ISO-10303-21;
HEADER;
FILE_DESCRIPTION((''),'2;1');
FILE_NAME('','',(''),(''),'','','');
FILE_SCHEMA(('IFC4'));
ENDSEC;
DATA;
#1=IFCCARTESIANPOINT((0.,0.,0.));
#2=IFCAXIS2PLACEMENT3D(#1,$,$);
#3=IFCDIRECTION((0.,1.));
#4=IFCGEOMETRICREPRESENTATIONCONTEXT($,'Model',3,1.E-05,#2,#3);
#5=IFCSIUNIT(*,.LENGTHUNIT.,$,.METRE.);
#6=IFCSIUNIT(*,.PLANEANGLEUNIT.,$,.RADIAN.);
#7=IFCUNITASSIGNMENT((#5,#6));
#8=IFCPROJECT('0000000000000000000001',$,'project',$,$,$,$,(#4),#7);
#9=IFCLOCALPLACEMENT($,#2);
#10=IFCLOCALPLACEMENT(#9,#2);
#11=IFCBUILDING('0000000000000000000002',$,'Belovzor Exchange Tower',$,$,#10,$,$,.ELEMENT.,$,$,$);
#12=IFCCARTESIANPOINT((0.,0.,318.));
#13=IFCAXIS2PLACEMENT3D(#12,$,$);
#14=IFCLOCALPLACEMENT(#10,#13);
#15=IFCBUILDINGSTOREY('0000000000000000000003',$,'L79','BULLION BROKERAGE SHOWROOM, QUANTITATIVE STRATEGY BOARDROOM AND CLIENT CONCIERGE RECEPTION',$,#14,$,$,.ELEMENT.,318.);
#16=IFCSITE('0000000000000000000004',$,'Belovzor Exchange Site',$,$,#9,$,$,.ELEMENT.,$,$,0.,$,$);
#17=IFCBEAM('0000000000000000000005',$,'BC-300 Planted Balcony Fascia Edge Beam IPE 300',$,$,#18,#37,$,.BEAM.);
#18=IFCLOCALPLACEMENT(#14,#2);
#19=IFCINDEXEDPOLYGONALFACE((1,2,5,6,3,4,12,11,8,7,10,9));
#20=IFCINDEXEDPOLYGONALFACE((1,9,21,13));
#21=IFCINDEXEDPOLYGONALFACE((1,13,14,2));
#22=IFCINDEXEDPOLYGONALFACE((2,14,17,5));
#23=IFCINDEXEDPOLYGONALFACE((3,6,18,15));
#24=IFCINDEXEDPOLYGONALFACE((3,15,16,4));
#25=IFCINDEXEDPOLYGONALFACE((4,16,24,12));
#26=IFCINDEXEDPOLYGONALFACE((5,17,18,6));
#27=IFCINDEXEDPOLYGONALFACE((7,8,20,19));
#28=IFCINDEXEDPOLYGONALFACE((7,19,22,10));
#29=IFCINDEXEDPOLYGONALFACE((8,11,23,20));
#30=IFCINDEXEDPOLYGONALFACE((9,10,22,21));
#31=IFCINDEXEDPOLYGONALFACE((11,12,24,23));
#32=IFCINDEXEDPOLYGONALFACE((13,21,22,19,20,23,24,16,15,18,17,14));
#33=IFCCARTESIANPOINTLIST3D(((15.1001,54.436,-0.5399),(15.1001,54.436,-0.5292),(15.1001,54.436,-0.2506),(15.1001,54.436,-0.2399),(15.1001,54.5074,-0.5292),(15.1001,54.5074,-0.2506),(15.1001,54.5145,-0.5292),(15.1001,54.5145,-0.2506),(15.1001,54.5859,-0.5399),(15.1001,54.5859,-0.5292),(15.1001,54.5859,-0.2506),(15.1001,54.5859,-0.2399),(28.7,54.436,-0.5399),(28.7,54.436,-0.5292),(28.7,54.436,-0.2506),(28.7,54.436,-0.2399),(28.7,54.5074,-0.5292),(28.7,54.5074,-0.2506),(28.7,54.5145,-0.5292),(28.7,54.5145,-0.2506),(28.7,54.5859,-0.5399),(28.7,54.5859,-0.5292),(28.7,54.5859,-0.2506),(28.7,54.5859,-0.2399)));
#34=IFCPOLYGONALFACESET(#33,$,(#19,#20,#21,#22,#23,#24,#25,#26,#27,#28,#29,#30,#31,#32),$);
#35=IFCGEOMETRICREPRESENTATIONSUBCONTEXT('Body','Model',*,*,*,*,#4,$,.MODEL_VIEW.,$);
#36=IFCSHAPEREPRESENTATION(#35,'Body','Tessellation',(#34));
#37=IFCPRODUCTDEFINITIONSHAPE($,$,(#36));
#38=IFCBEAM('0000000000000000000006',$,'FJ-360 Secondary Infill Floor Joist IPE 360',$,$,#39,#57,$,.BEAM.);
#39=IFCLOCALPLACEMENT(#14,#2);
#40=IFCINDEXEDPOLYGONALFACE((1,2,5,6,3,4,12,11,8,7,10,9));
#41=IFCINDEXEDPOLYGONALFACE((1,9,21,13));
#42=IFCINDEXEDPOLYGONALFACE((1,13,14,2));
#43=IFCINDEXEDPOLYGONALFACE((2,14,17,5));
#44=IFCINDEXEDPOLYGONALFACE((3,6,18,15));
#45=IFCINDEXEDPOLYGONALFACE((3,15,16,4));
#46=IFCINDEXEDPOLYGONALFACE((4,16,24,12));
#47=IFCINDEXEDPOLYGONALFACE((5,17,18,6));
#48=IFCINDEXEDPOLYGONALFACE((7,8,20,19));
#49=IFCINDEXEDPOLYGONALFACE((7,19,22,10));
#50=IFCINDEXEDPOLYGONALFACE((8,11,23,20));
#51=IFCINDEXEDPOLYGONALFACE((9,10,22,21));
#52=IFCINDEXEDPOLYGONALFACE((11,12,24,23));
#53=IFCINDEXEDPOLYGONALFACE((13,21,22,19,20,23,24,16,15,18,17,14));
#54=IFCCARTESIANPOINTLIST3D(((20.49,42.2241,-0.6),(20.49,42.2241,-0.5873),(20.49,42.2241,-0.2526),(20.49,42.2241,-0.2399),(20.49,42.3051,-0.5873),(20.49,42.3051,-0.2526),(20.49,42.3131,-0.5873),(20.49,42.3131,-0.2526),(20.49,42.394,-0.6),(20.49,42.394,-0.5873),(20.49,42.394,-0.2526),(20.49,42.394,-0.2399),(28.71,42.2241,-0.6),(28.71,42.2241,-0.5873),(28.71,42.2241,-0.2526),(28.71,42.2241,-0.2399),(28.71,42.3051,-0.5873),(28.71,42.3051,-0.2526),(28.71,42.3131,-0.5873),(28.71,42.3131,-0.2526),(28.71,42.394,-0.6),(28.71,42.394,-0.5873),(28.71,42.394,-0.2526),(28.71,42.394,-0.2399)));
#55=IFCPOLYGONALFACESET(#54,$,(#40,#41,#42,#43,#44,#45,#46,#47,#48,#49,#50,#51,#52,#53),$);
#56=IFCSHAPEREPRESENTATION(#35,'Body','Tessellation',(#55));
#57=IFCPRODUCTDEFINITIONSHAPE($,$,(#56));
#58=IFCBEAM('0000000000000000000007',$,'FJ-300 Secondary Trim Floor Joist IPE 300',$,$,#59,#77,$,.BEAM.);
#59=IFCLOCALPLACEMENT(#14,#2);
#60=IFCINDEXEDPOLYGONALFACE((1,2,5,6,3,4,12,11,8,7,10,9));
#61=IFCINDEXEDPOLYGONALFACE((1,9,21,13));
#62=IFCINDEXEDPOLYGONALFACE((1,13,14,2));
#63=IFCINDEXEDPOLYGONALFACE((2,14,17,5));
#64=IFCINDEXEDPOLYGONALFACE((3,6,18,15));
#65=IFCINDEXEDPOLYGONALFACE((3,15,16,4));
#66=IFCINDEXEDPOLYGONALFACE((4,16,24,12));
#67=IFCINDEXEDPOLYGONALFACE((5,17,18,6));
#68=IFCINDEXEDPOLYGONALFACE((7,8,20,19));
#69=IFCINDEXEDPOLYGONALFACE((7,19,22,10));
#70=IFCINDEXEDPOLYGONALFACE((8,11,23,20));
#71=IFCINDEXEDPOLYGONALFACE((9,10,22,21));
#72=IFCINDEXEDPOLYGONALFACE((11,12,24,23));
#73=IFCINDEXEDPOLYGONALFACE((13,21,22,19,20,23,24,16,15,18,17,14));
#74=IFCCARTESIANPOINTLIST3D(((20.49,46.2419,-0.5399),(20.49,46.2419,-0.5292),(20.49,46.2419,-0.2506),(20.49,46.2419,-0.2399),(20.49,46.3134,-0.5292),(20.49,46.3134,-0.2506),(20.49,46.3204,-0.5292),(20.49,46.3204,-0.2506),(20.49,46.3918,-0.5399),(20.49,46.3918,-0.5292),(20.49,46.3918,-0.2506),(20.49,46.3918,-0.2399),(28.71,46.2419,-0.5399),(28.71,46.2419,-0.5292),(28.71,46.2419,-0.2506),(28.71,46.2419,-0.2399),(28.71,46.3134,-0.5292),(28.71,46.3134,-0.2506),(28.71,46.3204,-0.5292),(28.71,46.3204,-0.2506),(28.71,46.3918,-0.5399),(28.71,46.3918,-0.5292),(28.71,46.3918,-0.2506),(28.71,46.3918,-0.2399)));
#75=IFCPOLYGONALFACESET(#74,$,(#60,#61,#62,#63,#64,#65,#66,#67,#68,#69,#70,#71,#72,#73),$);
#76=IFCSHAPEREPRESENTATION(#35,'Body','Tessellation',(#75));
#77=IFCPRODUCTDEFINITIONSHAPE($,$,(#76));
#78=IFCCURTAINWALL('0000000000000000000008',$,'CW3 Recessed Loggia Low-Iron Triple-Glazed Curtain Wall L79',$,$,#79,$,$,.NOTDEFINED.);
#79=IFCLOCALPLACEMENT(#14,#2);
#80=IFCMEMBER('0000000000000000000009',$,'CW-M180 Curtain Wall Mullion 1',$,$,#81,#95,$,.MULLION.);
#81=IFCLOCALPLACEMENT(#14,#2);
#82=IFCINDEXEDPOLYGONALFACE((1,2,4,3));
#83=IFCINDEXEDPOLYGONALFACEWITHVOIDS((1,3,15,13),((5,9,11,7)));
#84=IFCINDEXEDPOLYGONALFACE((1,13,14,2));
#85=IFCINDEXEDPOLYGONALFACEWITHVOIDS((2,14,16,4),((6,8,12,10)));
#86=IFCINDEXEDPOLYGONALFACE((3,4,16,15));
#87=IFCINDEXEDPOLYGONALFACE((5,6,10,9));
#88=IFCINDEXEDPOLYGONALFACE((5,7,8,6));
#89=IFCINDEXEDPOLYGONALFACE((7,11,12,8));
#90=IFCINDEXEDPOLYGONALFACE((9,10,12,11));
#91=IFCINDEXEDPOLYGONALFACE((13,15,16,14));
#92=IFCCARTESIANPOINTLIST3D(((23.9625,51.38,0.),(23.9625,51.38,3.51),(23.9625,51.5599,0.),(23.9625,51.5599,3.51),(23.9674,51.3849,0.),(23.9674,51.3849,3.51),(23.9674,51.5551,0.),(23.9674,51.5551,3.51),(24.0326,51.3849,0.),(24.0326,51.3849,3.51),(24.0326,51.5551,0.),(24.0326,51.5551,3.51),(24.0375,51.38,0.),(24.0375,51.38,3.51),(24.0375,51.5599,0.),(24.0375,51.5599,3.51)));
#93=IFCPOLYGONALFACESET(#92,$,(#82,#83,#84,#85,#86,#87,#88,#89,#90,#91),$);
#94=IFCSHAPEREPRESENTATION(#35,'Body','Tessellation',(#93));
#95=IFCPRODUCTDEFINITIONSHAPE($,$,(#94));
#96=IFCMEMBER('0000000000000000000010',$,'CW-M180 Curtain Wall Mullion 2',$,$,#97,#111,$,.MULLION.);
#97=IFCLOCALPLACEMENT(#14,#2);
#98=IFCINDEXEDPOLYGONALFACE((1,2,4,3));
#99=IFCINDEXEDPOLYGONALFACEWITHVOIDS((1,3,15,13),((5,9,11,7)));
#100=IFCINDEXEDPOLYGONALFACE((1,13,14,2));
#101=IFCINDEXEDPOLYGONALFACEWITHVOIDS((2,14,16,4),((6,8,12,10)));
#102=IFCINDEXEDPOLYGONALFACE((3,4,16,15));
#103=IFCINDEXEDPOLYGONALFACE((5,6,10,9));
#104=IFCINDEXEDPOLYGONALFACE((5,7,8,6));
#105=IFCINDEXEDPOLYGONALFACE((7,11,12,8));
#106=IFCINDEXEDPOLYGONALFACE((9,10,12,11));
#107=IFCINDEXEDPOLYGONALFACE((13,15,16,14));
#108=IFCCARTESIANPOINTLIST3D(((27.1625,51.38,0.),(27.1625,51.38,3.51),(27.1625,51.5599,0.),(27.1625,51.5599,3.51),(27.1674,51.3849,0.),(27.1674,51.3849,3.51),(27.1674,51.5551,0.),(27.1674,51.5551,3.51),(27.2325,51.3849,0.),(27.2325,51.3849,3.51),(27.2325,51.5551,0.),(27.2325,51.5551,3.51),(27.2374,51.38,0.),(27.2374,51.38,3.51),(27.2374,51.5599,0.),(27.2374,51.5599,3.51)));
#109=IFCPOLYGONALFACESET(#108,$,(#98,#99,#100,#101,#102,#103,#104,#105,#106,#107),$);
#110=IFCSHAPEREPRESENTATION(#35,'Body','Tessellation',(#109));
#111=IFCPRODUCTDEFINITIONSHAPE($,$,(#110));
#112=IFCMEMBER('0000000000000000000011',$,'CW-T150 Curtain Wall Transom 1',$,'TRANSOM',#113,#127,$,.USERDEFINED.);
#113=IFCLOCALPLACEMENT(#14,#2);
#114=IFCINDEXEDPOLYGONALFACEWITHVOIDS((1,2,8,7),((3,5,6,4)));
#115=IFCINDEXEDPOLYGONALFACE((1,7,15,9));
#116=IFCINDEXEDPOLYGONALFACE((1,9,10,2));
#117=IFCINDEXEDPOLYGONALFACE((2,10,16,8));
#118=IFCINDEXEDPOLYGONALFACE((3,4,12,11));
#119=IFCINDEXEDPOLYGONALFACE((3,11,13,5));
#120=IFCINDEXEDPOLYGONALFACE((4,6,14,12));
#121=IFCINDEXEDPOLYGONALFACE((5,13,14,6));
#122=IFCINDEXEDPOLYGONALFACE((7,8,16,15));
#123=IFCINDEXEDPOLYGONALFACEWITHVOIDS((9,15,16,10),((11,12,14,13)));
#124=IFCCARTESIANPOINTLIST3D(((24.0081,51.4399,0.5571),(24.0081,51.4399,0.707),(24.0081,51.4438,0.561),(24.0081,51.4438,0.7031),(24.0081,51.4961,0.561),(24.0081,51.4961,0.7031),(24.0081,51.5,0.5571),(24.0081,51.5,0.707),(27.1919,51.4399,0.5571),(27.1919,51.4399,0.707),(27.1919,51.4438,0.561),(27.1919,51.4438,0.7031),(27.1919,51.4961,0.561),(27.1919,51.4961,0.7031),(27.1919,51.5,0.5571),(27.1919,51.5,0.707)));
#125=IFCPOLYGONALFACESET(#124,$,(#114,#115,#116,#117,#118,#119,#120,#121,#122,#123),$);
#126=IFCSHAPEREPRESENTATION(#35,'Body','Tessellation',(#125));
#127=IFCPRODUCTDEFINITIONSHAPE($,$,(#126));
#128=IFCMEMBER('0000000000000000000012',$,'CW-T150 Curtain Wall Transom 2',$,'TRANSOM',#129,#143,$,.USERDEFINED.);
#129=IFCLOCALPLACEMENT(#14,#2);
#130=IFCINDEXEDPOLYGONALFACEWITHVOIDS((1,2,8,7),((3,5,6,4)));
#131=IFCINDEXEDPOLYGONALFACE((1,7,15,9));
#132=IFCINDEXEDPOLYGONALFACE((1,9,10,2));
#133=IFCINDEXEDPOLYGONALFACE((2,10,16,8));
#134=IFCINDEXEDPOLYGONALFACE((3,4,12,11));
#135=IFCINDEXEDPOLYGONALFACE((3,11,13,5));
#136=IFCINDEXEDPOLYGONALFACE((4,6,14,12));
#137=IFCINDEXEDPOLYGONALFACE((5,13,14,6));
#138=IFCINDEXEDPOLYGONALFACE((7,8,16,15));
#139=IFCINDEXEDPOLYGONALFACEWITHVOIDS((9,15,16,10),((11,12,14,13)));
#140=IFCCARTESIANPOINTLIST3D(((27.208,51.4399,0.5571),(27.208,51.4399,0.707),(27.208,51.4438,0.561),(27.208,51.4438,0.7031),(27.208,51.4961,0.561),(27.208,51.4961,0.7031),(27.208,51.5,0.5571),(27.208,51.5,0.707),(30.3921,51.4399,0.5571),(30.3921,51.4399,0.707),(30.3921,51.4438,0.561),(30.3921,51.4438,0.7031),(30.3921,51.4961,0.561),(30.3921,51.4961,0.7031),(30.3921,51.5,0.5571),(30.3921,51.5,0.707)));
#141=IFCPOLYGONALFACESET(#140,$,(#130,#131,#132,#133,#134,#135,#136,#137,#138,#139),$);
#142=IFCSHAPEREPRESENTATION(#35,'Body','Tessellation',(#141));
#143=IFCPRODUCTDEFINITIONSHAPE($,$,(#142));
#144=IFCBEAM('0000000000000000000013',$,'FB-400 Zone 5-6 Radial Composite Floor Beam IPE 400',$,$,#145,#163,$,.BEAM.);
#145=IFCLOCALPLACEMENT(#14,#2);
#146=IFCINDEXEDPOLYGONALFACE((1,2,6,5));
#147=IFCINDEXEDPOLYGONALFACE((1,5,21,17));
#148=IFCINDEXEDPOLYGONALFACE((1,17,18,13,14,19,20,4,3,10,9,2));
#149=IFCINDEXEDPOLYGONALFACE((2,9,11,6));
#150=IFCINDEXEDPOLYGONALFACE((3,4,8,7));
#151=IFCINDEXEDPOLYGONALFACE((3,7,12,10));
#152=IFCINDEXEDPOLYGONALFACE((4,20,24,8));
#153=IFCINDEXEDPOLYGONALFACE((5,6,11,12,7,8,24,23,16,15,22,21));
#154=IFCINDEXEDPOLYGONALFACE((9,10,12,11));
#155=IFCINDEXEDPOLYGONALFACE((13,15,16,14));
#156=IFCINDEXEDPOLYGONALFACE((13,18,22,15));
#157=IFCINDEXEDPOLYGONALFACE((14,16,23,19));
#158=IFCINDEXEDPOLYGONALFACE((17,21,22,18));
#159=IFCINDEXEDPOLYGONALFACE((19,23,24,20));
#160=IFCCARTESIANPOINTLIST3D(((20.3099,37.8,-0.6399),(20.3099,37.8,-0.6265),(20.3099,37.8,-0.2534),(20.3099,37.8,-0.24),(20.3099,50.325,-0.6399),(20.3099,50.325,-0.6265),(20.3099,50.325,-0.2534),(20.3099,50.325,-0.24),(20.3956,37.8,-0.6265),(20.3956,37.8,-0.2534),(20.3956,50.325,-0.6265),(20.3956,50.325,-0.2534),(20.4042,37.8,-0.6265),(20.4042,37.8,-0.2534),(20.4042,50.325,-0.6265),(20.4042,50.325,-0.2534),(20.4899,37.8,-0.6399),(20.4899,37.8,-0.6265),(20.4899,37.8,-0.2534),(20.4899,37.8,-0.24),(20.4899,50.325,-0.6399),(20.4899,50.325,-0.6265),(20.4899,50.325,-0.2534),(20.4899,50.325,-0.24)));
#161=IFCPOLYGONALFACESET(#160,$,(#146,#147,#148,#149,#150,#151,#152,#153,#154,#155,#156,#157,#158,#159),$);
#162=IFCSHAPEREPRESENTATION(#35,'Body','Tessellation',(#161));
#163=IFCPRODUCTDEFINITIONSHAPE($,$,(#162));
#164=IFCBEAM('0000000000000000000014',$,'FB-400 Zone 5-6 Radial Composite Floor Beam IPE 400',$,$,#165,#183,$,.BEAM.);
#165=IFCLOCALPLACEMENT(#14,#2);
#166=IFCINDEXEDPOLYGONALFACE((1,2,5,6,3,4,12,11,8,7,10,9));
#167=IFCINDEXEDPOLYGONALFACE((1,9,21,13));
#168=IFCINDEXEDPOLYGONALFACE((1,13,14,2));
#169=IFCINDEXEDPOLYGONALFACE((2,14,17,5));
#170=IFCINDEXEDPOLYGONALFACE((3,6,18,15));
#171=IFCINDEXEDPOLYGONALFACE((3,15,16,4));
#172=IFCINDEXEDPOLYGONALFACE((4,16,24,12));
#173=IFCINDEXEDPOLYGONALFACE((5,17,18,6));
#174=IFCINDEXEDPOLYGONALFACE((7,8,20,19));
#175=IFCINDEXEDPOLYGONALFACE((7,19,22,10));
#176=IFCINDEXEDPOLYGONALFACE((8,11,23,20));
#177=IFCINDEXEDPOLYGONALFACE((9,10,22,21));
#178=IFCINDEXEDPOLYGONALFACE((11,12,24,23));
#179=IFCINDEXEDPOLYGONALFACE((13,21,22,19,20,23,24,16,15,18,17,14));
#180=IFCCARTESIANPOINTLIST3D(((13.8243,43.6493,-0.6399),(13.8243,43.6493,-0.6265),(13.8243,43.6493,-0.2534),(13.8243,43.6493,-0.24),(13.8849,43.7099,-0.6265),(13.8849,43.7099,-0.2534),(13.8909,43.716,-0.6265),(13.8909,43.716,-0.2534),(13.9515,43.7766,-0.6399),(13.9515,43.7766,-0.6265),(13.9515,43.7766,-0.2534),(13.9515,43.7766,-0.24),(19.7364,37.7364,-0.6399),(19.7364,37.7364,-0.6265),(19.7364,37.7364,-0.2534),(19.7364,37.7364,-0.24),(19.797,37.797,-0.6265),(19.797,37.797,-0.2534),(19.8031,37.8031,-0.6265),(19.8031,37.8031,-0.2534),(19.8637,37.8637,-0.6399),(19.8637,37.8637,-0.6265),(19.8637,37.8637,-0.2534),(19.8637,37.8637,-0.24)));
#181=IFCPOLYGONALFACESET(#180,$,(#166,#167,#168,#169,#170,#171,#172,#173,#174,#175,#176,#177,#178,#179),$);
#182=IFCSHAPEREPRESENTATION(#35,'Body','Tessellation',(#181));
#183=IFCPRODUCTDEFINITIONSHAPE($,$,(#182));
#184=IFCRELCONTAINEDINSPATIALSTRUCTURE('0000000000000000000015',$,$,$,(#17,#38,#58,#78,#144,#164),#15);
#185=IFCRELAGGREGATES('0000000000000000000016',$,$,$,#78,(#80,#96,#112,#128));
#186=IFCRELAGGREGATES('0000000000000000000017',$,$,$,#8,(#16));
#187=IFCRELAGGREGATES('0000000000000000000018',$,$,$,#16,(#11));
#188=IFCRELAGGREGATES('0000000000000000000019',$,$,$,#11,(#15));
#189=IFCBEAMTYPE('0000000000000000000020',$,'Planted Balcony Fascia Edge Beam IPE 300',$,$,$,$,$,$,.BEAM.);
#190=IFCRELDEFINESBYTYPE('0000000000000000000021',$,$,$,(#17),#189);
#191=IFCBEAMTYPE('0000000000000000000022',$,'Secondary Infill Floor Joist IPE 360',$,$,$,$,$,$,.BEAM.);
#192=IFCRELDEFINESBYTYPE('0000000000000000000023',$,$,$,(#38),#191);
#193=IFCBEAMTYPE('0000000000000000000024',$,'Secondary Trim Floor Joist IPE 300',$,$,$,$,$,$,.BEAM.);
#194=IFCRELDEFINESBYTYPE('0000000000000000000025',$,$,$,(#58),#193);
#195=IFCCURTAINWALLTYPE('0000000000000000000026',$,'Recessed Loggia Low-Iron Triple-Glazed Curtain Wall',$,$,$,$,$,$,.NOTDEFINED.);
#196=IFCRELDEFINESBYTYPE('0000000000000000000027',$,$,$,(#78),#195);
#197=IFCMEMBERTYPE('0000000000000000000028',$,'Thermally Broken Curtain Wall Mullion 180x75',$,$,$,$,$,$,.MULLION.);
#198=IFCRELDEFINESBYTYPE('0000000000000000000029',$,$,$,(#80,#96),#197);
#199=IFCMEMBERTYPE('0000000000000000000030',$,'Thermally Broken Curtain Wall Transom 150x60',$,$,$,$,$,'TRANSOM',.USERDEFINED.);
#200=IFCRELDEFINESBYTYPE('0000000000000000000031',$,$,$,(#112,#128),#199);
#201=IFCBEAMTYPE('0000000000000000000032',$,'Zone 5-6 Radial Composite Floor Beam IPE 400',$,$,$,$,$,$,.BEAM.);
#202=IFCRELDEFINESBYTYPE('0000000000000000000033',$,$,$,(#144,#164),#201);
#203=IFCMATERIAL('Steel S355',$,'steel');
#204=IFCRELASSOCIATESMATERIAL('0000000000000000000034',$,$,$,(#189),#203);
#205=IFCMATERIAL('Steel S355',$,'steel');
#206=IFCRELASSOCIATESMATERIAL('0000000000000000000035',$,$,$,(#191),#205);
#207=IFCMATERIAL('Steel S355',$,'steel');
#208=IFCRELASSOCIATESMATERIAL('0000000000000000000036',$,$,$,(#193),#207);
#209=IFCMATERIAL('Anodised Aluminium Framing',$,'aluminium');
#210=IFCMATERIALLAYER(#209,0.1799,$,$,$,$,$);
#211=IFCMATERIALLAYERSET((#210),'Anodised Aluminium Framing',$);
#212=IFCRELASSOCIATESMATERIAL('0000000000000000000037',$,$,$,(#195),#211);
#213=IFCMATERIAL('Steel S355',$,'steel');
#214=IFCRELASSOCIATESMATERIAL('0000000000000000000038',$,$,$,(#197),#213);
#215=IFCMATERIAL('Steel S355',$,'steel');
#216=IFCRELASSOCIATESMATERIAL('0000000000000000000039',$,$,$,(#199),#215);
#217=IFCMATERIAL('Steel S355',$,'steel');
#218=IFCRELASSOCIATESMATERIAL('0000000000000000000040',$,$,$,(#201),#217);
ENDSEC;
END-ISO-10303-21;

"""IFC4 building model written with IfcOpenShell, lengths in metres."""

from ifc_helpers import new_model, si_unit, direction, frame, origin, origin_2d, place, context, subcontext, project, spatial, hollow_rectangle, i_section, extrude, material, layer, layer_set, material_profile, profile_set, type_object, element, aggregate, save


model = new_model("IFC4")

# Units and contexts
model_context = context("Model", 3, precision=1e-05, world=origin(), true_north=direction((0.0, 1.0)))
body_context = subcontext(model_context, "Body", "Model", "MODEL_VIEW")
ifc_project = project(units=[si_unit("LENGTHUNIT", "METRE"), si_unit("PLANEANGLEUNIT", "RADIAN")], contexts=[model_context])

# Site, building, storey
site_placement = place(None, origin())
site = spatial("IfcSite", under=ifc_project, at=site_placement, Name="Belovzor Exchange Site", CompositionType="ELEMENT", RefElevation=0.0)
building_placement = place(site_placement, origin())
building = spatial("IfcBuilding", under=site, at=building_placement, Name="Belovzor Exchange Tower", CompositionType="ELEMENT")
storey_placement = place(building_placement, frame((0.0, 0.0, 318.0)))
storey = spatial("IfcBuildingStorey", under=building, at=storey_placement, Name="L79", Description="BULLION BROKERAGE SHOWROOM, QUANTITATIVE STRATEGY BOARDROOM AND CLIENT CONCIERGE RECEPTION", CompositionType="ELEMENT", Elevation=318.0)

# Beams
ifc_material_1 = material(Name="Steel S355", Category="steel")
ifc_material_profile_1 = material_profile(ifc_material_1, i_section(OverallWidth=0.1499, OverallDepth=0.3, WebThickness=0.0071, FlangeThickness=0.0107, at=origin_2d()))
ifc_profile_set_1 = profile_set([ifc_material_profile_1], Name="Steel S355")
beam_type_1 = type_object("IfcBeamType", Name="Planted Balcony Fascia Edge Beam IPE 300", PredefinedType="BEAM", material=ifc_profile_set_1)
beam_1_placement = place(storey_placement, frame((28.7, 54.511, -0.3899), z_axis=(-1.0, 0.0, 0.0), x_axis=(0.0, -1.0, 0.0)))
element("IfcBeam", 1, at=beam_1_placement, inside=storey, type_object=beam_type_1, Name="BC-300 Planted Balcony Fascia Edge Beam IPE 300", PredefinedType="BEAM", context=body_context, shape_type="SweptSolid", body=[
    extrude(i_section(OverallWidth=0.1499, OverallDepth=0.3, WebThickness=0.0071, FlangeThickness=0.0107, at=origin_2d()), origin(), (0.0, 0.0, 1.0), 13.5999),
])
ifc_material_2 = material(Name="Steel S355", Category="steel")
ifc_material_profile_2 = material_profile(ifc_material_2, i_section(OverallWidth=0.1699, OverallDepth=0.3601, WebThickness=0.0081, FlangeThickness=0.0127, at=origin_2d()))
ifc_profile_set_2 = profile_set([ifc_material_profile_2], Name="Steel S355")
beam_type_2 = type_object("IfcBeamType", Name="Secondary Infill Floor Joist IPE 360", PredefinedType="BEAM", material=ifc_profile_set_2)
beam_2_placement = place(storey_placement, frame((20.49, 42.3091, -0.4199), z_axis=(1.0, 0.0, 0.0), x_axis=(0.0, 1.0, 0.0)))
element("IfcBeam", 2, at=beam_2_placement, inside=storey, type_object=beam_type_2, Name="FJ-360 Secondary Infill Floor Joist IPE 360", PredefinedType="BEAM", context=body_context, shape_type="SweptSolid", body=[
    extrude(i_section(OverallWidth=0.1699, OverallDepth=0.3601, WebThickness=0.0081, FlangeThickness=0.0127, at=origin_2d()), origin(), (0.0, 0.0, 1.0), 8.22),
])
ifc_material_3 = material(Name="Steel S355", Category="steel")
ifc_material_profile_3 = material_profile(ifc_material_3, i_section(OverallWidth=0.1499, OverallDepth=0.3, WebThickness=0.0071, FlangeThickness=0.0107, at=origin_2d()))
ifc_profile_set_3 = profile_set([ifc_material_profile_3], Name="Steel S355")
beam_type_3 = type_object("IfcBeamType", Name="Secondary Trim Floor Joist IPE 300", PredefinedType="BEAM", material=ifc_profile_set_3)
beam_3_placement = place(storey_placement, frame((20.49, 46.3169, -0.3899), z_axis=(1.0, 0.0, 0.0), x_axis=(0.0, 1.0, 0.0)))
element("IfcBeam", 3, at=beam_3_placement, inside=storey, type_object=beam_type_3, Name="FJ-300 Secondary Trim Floor Joist IPE 300", PredefinedType="BEAM", context=body_context, shape_type="SweptSolid", body=[
    extrude(i_section(OverallWidth=0.1499, OverallDepth=0.3, WebThickness=0.0071, FlangeThickness=0.0107, at=origin_2d()), origin(), (0.0, 0.0, 1.0), 8.22),
])

# Curtain wall, members
ifc_material_4 = material(Name="Anodised Aluminium Framing", Category="aluminium")
ifc_layer_1 = layer(ifc_material_4, 0.1799)
ifc_layer_set_1 = layer_set([ifc_layer_1], Name="Anodised Aluminium Framing")
curtain_wall_type = type_object("IfcCurtainWallType", Name="Recessed Loggia Low-Iron Triple-Glazed Curtain Wall", PredefinedType="NOTDEFINED", material=ifc_layer_set_1)
curtain_wall_placement = place(storey_placement, origin())
curtain_wall = element("IfcCurtainWall", 4, at=curtain_wall_placement, inside=storey, type_object=curtain_wall_type, Name="CW3 Recessed Loggia Low-Iron Triple-Glazed Curtain Wall L79", PredefinedType="NOTDEFINED")
ifc_material_5 = material(Name="Steel S355", Category="steel")
ifc_material_profile_4 = material_profile(ifc_material_5, hollow_rectangle(XDim=0.075, YDim=0.1799, WallThickness=0.0049, at=origin_2d()))
ifc_profile_set_4 = profile_set([ifc_material_profile_4], Name="Steel S355")
member_type_1 = type_object("IfcMemberType", Name="Thermally Broken Curtain Wall Mullion 180x75", PredefinedType="MULLION", material=ifc_profile_set_4)
member_1_placement = place(storey_placement, frame((24.0, 51.47, 0.0), z_axis=(0.0, 0.0, 1.0), x_axis=(1.0, 0.0, 0.0)))
member_1 = element("IfcMember", 5, at=member_1_placement, type_object=member_type_1, Name="CW-M180 Curtain Wall Mullion 1", PredefinedType="MULLION", context=body_context, shape_type="SweptSolid", body=[
    extrude(hollow_rectangle(XDim=0.075, YDim=0.1799, WallThickness=0.0049, at=origin_2d()), origin(), (0.0, 0.0, 1.0), 3.51),
])
member_2_placement = place(storey_placement, frame((27.2, 51.47, 0.0), z_axis=(0.0, 0.0, 1.0), x_axis=(1.0, 0.0, 0.0)))
member_2 = element("IfcMember", 6, at=member_2_placement, type_object=member_type_1, Name="CW-M180 Curtain Wall Mullion 2", PredefinedType="MULLION", context=body_context, shape_type="SweptSolid", body=[
    extrude(hollow_rectangle(XDim=0.075, YDim=0.1799, WallThickness=0.0049, at=origin_2d()), origin(), (0.0, 0.0, 1.0), 3.51),
])
ifc_material_6 = material(Name="Steel S355", Category="steel")
ifc_material_profile_5 = material_profile(ifc_material_6, hollow_rectangle(XDim=0.0601, YDim=0.1499, WallThickness=0.0039, at=origin_2d()))
ifc_profile_set_5 = profile_set([ifc_material_profile_5], Name="Steel S355")
member_type_2 = type_object("IfcMemberType", Name="Thermally Broken Curtain Wall Transom 150x60", ElementType="TRANSOM", PredefinedType="USERDEFINED", material=ifc_profile_set_5)
member_3_placement = place(storey_placement, frame((24.0081, 51.47, 0.6321), z_axis=(1.0, 0.0, 0.0), x_axis=(0.0, 1.0, 0.0)))
member_3 = element("IfcMember", 7, at=member_3_placement, type_object=member_type_2, Name="CW-T150 Curtain Wall Transom 1", ObjectType="TRANSOM", PredefinedType="USERDEFINED", context=body_context, shape_type="SweptSolid", body=[
    extrude(hollow_rectangle(XDim=0.0601, YDim=0.1499, WallThickness=0.0039, at=origin_2d()), origin(), (0.0, 0.0, 1.0), 3.1838),
])
member_4_placement = place(storey_placement, frame((27.208, 51.47, 0.6321), z_axis=(1.0, 0.0, 0.0), x_axis=(0.0, 1.0, 0.0)))
member_4 = element("IfcMember", 8, at=member_4_placement, type_object=member_type_2, Name="CW-T150 Curtain Wall Transom 2", ObjectType="TRANSOM", PredefinedType="USERDEFINED", context=body_context, shape_type="SweptSolid", body=[
    extrude(hollow_rectangle(XDim=0.0601, YDim=0.1499, WallThickness=0.0039, at=origin_2d()), origin(), (0.0, 0.0, 1.0), 3.1841),
])

# Beams
ifc_material_7 = material(Name="Steel S355", Category="steel")
ifc_material_profile_6 = material_profile(ifc_material_7, i_section(OverallWidth=0.1799, OverallDepth=0.3999, WebThickness=0.0085, FlangeThickness=0.0134, at=origin_2d()))
ifc_profile_set_6 = profile_set([ifc_material_profile_6], Name="Steel S355")
beam_type_4 = type_object("IfcBeamType", Name="Zone 5-6 Radial Composite Floor Beam IPE 400", PredefinedType="BEAM", material=ifc_profile_set_6)
beam_4_placement = place(storey_placement, frame((20.3999, 37.8, -0.4399), z_axis=(0.0, 1.0, 0.0), x_axis=(-1.0, 0.0, 0.0)))
element("IfcBeam", 9, at=beam_4_placement, inside=storey, type_object=beam_type_4, Name="FB-400 Zone 5-6 Radial Composite Floor Beam IPE 400", PredefinedType="BEAM", context=body_context, shape_type="SweptSolid", body=[
    extrude(i_section(OverallWidth=0.1799, OverallDepth=0.3999, WebThickness=0.0085, FlangeThickness=0.0134, at=origin_2d()), origin(), (0.0, 0.0, 1.0), 12.5249),
])
beam_5_placement = place(storey_placement, frame((19.8, 37.8, -0.4399), z_axis=(-0.707063, 0.707151, 0.0), x_axis=(-0.707151, -0.707063, 0.0)))
element("IfcBeam", 10, at=beam_5_placement, inside=storey, type_object=beam_type_4, Name="FB-400 Zone 5-6 Radial Composite Floor Beam IPE 400", PredefinedType="BEAM", context=body_context, shape_type="SweptSolid", body=[
    extrude(i_section(OverallWidth=0.1799, OverallDepth=0.3999, WebThickness=0.0085, FlangeThickness=0.0134, at=origin_2d()), origin(), (0.0, 0.0, 1.0), 8.3616),
])

aggregate(curtain_wall, [member_1, member_2, member_3, member_4])

save(model, "model.ifc")
